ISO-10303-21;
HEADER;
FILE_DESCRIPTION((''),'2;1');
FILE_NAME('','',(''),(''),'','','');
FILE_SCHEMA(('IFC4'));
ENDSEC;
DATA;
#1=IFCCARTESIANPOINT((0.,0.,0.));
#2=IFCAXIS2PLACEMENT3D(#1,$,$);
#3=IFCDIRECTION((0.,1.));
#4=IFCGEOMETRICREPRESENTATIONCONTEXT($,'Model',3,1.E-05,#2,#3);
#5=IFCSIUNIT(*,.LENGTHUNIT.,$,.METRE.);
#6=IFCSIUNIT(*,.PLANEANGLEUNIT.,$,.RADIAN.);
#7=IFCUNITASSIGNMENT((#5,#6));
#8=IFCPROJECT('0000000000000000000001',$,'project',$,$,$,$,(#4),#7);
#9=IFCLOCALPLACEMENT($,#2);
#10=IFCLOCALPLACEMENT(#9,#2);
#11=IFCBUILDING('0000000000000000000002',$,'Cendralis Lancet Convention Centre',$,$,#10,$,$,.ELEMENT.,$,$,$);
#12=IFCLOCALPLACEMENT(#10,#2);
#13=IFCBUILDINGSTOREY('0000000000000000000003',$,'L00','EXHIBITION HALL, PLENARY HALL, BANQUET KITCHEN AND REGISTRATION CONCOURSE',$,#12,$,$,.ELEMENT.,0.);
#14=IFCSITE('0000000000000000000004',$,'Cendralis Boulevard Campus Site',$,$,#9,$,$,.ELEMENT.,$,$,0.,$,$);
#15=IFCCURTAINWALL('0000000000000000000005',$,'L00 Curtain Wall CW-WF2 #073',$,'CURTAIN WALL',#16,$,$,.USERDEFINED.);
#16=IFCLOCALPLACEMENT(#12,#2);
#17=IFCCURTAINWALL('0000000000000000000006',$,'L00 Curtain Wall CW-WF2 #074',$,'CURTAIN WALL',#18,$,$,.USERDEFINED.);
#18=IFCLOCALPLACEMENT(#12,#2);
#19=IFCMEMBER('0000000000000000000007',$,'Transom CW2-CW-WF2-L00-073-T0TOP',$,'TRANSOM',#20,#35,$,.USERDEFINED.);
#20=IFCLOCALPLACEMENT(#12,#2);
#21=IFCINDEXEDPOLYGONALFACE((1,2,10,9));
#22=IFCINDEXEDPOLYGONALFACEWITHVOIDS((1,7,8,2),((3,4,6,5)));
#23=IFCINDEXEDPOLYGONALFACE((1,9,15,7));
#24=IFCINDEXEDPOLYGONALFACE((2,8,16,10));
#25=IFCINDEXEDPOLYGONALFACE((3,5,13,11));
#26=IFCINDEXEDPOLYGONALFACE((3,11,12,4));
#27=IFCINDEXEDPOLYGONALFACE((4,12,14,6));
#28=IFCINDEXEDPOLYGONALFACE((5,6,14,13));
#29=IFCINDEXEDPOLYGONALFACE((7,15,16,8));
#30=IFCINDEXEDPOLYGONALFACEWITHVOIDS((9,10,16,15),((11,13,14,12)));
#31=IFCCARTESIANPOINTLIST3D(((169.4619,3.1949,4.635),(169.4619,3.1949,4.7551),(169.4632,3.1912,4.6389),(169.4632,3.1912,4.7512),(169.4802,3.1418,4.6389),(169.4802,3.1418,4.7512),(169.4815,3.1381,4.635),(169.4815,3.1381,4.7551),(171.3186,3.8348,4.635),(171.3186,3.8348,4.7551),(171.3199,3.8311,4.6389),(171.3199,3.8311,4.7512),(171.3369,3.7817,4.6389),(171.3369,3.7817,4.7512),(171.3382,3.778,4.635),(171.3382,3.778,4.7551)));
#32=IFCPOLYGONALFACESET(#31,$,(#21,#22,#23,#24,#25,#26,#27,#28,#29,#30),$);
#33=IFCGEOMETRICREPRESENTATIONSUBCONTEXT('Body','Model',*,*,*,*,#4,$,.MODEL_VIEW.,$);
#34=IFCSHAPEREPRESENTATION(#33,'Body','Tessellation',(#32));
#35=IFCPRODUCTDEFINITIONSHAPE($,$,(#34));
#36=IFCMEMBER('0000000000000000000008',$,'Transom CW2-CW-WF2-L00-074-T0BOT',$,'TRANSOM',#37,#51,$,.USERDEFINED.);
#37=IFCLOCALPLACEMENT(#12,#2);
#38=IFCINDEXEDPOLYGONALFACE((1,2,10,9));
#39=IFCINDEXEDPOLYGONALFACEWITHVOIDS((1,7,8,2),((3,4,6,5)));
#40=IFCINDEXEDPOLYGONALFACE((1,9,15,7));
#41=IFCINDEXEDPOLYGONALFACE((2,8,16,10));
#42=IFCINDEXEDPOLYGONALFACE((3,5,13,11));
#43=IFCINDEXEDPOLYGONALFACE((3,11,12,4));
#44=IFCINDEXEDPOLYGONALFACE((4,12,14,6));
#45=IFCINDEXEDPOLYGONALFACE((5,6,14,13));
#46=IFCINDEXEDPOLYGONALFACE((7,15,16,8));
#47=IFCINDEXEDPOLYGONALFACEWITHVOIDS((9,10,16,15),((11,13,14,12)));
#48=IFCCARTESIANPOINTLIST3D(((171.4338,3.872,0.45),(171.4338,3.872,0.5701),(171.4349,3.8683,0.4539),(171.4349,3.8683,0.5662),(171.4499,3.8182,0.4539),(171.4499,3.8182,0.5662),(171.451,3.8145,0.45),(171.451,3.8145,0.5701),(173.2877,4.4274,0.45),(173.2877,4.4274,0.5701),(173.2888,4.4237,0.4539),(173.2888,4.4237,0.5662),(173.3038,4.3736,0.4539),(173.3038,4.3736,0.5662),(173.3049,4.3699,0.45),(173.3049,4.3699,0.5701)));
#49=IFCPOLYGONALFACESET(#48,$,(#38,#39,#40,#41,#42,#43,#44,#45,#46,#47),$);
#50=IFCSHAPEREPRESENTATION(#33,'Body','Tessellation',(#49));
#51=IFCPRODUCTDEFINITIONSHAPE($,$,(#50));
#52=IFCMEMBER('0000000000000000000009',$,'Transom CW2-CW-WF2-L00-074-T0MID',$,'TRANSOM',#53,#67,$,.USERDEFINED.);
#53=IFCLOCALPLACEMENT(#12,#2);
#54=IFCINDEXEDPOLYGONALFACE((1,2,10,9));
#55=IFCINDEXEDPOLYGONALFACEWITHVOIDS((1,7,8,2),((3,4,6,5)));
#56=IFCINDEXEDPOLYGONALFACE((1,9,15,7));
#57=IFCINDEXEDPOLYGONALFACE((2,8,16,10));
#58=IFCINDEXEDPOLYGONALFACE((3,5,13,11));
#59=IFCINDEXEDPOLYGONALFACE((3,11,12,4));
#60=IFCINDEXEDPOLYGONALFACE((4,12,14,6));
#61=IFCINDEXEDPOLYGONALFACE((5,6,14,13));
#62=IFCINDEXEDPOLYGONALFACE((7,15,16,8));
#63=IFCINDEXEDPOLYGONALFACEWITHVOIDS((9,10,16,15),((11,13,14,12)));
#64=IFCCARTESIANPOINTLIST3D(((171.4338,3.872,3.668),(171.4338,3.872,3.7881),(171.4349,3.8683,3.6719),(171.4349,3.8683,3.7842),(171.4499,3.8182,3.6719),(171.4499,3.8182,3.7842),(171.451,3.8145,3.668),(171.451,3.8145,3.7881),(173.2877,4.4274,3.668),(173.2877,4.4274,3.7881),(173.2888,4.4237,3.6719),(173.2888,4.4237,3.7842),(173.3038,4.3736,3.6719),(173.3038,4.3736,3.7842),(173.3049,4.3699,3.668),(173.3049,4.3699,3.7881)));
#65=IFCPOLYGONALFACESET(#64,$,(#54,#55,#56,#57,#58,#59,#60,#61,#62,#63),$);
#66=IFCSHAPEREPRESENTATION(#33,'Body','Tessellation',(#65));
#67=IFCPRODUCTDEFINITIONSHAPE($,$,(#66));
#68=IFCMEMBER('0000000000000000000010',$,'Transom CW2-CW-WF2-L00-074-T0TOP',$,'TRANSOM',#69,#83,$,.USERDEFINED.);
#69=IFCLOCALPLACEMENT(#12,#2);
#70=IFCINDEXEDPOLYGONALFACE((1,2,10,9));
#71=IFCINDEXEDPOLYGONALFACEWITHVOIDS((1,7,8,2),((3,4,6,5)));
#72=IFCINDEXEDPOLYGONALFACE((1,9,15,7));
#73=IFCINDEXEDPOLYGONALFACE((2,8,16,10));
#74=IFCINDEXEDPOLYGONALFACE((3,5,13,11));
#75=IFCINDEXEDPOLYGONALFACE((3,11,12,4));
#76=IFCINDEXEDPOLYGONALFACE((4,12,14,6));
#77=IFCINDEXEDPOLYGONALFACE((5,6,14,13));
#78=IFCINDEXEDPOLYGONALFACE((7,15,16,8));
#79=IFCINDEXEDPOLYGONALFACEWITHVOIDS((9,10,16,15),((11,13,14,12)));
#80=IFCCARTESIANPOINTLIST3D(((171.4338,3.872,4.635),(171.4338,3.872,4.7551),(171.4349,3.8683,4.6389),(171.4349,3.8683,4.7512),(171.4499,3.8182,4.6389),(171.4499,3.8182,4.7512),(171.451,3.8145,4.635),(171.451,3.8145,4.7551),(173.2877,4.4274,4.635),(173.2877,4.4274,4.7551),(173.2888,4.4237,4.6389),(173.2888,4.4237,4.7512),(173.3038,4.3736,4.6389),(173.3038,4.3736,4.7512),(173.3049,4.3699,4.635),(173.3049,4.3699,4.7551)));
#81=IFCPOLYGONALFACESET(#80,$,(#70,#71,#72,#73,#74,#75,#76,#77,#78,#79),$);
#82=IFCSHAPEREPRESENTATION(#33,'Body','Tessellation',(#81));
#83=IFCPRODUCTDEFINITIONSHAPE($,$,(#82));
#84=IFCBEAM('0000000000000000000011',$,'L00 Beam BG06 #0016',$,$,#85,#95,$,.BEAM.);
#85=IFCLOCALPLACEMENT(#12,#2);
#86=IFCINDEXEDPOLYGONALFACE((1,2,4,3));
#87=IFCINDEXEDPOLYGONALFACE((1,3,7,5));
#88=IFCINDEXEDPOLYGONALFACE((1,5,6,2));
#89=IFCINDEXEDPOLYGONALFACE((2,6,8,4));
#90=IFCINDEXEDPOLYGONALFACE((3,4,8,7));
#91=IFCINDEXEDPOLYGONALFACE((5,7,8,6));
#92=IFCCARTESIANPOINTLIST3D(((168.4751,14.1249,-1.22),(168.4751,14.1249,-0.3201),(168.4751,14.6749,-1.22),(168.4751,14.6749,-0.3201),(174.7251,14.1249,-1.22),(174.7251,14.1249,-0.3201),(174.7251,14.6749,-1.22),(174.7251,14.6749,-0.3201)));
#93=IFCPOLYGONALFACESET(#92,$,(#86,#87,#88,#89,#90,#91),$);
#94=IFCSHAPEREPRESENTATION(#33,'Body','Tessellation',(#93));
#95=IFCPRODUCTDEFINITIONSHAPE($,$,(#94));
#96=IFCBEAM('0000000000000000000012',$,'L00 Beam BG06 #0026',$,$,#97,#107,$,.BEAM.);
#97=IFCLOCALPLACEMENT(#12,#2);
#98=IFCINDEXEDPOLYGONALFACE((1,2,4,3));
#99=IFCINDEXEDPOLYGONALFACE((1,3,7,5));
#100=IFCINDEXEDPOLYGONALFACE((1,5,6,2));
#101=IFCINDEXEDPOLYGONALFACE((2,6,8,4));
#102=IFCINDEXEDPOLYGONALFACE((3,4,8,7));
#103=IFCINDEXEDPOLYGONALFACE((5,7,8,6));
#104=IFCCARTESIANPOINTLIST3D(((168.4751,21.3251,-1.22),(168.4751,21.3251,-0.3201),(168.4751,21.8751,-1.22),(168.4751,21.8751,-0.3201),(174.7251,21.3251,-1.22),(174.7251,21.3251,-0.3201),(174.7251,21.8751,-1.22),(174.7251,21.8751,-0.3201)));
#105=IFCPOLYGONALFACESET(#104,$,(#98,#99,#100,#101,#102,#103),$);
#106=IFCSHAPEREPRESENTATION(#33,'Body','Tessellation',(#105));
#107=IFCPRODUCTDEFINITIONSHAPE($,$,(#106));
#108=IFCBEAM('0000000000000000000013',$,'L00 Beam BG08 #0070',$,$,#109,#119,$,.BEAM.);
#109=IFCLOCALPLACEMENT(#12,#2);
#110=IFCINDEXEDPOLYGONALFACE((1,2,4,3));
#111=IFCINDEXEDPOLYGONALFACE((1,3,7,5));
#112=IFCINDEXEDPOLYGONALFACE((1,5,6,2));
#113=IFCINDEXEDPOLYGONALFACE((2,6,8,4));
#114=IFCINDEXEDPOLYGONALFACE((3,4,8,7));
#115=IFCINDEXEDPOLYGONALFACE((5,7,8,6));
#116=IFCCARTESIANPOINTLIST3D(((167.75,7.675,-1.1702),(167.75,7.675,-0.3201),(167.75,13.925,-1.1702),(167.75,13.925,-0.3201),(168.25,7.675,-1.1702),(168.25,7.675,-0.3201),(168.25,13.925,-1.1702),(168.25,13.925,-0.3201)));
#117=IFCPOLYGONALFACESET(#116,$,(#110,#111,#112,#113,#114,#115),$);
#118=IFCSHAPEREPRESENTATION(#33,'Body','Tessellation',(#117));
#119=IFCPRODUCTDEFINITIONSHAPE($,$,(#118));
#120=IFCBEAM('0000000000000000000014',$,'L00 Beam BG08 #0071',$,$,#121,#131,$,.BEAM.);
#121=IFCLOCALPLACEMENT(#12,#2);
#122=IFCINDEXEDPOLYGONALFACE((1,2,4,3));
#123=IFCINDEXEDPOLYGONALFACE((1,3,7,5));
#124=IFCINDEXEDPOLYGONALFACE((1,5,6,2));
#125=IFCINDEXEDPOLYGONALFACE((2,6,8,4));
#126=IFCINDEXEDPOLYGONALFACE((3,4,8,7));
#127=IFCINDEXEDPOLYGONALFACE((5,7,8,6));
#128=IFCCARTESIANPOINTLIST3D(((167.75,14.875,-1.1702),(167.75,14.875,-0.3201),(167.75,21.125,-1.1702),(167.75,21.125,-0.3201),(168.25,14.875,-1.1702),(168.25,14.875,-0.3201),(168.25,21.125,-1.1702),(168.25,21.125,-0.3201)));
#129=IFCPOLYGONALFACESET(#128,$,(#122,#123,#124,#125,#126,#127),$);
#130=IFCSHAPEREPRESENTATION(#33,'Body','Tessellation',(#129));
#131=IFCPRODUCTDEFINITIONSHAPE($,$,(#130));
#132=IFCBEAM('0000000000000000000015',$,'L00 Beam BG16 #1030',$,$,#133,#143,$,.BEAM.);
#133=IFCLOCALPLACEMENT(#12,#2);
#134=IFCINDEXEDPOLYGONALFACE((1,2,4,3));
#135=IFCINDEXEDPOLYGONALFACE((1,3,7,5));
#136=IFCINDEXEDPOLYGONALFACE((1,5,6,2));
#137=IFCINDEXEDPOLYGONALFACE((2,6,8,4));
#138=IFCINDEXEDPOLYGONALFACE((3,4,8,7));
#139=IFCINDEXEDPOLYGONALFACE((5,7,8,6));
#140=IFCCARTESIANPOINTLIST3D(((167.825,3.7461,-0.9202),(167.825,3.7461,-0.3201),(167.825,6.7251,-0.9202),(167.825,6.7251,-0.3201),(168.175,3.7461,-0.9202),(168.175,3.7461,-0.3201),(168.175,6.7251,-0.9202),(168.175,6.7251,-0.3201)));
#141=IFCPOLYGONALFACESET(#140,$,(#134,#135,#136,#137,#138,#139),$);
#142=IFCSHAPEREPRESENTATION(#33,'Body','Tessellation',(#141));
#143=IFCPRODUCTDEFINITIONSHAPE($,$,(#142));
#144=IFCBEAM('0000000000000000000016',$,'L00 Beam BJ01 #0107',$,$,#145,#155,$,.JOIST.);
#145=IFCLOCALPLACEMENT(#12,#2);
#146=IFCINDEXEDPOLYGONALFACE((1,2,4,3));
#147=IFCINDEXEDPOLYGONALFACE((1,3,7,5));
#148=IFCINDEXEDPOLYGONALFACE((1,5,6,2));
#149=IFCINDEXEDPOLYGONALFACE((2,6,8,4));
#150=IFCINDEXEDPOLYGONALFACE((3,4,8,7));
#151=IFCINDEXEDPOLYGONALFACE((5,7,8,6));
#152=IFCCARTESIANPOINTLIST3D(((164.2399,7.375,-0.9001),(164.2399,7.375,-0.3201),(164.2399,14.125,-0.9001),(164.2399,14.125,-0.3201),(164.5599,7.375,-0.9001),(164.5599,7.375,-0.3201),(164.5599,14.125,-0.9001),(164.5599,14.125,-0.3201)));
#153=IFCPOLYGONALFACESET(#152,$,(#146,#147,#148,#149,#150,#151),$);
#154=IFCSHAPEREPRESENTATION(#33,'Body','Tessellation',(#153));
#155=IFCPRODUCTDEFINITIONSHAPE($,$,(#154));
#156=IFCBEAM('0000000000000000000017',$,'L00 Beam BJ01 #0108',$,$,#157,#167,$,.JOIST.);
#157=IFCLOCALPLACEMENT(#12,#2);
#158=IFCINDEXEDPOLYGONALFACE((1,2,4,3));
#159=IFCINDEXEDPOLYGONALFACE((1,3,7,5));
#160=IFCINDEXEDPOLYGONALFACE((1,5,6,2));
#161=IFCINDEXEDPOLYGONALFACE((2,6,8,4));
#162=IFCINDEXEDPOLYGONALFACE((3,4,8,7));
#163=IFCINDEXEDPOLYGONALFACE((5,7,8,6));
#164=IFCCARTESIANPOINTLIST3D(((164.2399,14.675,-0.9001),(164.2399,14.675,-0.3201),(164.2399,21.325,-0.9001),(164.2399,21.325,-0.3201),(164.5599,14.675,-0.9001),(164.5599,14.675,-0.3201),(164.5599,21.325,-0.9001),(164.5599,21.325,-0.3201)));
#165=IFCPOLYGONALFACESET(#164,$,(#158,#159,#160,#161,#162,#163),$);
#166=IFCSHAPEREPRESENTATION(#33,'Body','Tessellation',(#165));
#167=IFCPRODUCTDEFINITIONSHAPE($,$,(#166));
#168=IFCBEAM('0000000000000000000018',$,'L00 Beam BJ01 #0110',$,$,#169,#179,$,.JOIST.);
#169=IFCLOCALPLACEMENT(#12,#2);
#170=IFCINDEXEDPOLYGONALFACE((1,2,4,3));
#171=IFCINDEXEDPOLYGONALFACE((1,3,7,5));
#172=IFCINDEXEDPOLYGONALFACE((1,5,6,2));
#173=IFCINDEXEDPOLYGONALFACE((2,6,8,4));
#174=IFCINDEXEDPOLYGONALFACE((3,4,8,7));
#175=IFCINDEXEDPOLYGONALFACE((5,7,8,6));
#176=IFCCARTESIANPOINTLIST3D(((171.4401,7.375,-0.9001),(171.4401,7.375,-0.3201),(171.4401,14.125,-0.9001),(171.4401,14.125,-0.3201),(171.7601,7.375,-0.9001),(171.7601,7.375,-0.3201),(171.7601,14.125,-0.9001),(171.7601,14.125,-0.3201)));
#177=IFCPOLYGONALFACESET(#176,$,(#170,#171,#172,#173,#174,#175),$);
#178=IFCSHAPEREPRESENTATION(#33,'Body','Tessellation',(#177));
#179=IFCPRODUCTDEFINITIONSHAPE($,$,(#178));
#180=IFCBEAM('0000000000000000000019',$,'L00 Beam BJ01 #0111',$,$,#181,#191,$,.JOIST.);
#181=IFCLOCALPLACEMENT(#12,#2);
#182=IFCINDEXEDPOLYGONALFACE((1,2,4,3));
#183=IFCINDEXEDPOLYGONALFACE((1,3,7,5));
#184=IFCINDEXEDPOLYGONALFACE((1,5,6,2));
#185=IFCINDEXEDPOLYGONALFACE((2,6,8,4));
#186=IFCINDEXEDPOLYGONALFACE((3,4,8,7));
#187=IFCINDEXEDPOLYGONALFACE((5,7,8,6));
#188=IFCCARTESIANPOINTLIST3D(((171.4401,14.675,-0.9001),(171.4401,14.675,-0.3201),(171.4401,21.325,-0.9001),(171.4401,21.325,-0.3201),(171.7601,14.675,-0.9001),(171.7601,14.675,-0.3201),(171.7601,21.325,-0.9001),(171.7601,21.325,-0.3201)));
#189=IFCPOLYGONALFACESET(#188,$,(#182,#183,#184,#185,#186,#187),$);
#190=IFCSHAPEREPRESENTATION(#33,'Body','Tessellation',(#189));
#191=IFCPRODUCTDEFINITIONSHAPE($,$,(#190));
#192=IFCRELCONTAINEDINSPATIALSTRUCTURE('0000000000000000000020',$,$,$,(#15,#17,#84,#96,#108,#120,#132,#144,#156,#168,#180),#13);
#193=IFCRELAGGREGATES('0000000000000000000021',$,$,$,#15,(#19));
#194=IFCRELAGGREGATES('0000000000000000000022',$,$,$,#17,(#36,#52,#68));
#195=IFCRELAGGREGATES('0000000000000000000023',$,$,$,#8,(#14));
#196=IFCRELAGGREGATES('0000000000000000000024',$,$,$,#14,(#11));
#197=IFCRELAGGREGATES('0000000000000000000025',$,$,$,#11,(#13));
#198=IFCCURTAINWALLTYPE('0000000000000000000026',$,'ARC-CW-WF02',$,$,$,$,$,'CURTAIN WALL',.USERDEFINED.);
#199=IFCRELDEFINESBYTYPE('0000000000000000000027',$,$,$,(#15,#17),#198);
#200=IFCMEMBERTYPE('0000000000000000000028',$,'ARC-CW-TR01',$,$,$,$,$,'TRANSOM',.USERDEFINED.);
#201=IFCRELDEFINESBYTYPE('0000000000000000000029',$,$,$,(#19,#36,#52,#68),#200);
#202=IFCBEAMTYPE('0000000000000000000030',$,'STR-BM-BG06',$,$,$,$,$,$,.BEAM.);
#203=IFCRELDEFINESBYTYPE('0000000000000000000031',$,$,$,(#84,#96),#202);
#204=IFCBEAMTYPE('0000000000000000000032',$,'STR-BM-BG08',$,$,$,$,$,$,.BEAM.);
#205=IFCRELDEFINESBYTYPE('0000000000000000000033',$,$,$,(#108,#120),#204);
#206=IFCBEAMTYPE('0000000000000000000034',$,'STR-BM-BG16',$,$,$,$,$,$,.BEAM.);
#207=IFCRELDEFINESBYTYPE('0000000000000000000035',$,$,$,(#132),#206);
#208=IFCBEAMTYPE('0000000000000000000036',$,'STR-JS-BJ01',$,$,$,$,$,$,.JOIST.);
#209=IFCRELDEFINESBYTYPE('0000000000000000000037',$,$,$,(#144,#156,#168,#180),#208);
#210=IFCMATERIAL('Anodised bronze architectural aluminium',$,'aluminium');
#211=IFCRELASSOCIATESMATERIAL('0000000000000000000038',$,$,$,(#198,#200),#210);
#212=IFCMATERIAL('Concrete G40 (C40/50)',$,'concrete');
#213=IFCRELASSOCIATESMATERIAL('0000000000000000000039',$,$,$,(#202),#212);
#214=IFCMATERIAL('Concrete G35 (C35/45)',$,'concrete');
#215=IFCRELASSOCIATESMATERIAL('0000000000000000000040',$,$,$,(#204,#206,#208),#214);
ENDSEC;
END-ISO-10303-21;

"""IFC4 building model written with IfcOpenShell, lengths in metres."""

from ifc_helpers import new_model, si_unit, direction, frame, origin, origin_2d, place, context, subcontext, project, spatial, rectangle, hollow_rectangle, extrude, material, material_profile, profile_set, type_object, element, aggregate, save


model = new_model("IFC4")

# Units and contexts
model_context = context("Model", 3, precision=1e-05, world=origin(), true_north=direction((0.0, 1.0)))
body_context = subcontext(model_context, "Body", "Model", "MODEL_VIEW")
ifc_project = project(units=[si_unit("LENGTHUNIT", "METRE"), si_unit("PLANEANGLEUNIT", "RADIAN")], contexts=[model_context])

# Site, building, storey
site_placement = place(None, origin())
site = spatial("IfcSite", under=ifc_project, at=site_placement, Name="Cendralis Boulevard Campus Site", CompositionType="ELEMENT", RefElevation=0.0)
building_placement = place(site_placement, origin())
building = spatial("IfcBuilding", under=site, at=building_placement, Name="Cendralis Lancet Convention Centre", CompositionType="ELEMENT")
storey_placement = place(building_placement, origin())
storey = spatial("IfcBuildingStorey", under=building, at=storey_placement, Name="L00", Description="EXHIBITION HALL, PLENARY HALL, BANQUET KITCHEN AND REGISTRATION CONCOURSE", CompositionType="ELEMENT", Elevation=0.0)

# Shared definitions
ifc_material_1 = material(Name="Concrete G40 (C40/50)", Category="concrete")

# Shared definitions
ifc_material_2 = material(Name="Anodised bronze architectural aluminium", Category="aluminium")
curtain_wall_type = type_object("IfcCurtainWallType", Name="ARC-CW-WF02", ElementType="CURTAIN WALL", PredefinedType="USERDEFINED", material=ifc_material_2)

# Curtain wall
curtain_wall_1_placement = place(storey_placement, origin())
curtain_wall_1 = element("IfcCurtainWall", 1, at=curtain_wall_1_placement, inside=storey, type_object=curtain_wall_type, Name="L00 Curtain Wall CW-WF2 #073", ObjectType="CURTAIN WALL", PredefinedType="USERDEFINED")

# Curtain wall
curtain_wall_2_placement = place(storey_placement, origin())
curtain_wall_2 = element("IfcCurtainWall", 2, at=curtain_wall_2_placement, inside=storey, type_object=curtain_wall_type, Name="L00 Curtain Wall CW-WF2 #074", ObjectType="CURTAIN WALL", PredefinedType="USERDEFINED")

# Members
ifc_material_profile_1 = material_profile(ifc_material_2, hollow_rectangle(XDim=0.0601, YDim=0.1201, WallThickness=0.0039, at=origin_2d()), Name="AL-TRAN 60x120x4.0")
ifc_profile_set_1 = profile_set([ifc_material_profile_1], Name="Anodised bronze architectural aluminium")
member_type_1 = type_object("IfcMemberType", Name="ARC-CW-TR01", ElementType="TRANSOM", PredefinedType="USERDEFINED", material=ifc_profile_set_1)
member_1_placement = place(storey_placement, frame((169.4717, 3.1665, 4.6951), z_axis=(0.945427, 0.325834, 0.0), x_axis=(-0.325834, 0.945427, 0.0)))
member_1 = element("IfcMember", 3, at=member_1_placement, type_object=member_type_1, Name="Transom CW2-CW-WF2-L00-073-T0TOP", ObjectType="TRANSOM", PredefinedType="USERDEFINED", context=body_context, shape_type="SweptSolid", body=[
    extrude(hollow_rectangle(XDim=0.0601, YDim=0.1201, WallThickness=0.0039, at=origin_2d()), origin(), (0.0, 0.0, 1.0), 1.9639),
])
member_2_placement = place(storey_placement, frame((171.4424, 3.8433, 0.51), z_axis=(0.957937, 0.286978, 0.0), x_axis=(-0.286978, 0.957937, 0.0)))
member_2 = element("IfcMember", 4, at=member_2_placement, type_object=member_type_1, Name="Transom CW2-CW-WF2-L00-074-T0BOT", ObjectType="TRANSOM", PredefinedType="USERDEFINED", context=body_context, shape_type="SweptSolid", body=[
    extrude(hollow_rectangle(XDim=0.0601, YDim=0.1201, WallThickness=0.0039, at=origin_2d()), origin(), (0.0, 0.0, 1.0), 1.9353),
])
member_3_placement = place(storey_placement, frame((171.4424, 3.8433, 3.728), z_axis=(0.957937, 0.286978, 0.0), x_axis=(-0.286978, 0.957937, 0.0)))
member_3 = element("IfcMember", 5, at=member_3_placement, type_object=member_type_1, Name="Transom CW2-CW-WF2-L00-074-T0MID", ObjectType="TRANSOM", PredefinedType="USERDEFINED", context=body_context, shape_type="SweptSolid", body=[
    extrude(hollow_rectangle(XDim=0.0601, YDim=0.1201, WallThickness=0.0039, at=origin_2d()), origin(), (0.0, 0.0, 1.0), 1.9353),
])
member_4_placement = place(storey_placement, frame((171.4424, 3.8433, 4.6951), z_axis=(0.957937, 0.286978, 0.0), x_axis=(-0.286978, 0.957937, 0.0)))
member_4 = element("IfcMember", 6, at=member_4_placement, type_object=member_type_1, Name="Transom CW2-CW-WF2-L00-074-T0TOP", ObjectType="TRANSOM", PredefinedType="USERDEFINED", context=body_context, shape_type="SweptSolid", body=[
    extrude(hollow_rectangle(XDim=0.0601, YDim=0.1201, WallThickness=0.0039, at=origin_2d()), origin(), (0.0, 0.0, 1.0), 1.9353),
])

# Beams
ifc_material_profile_2 = material_profile(ifc_material_1, rectangle(XDim=0.55, YDim=0.8999, at=origin_2d()), Name="RCB 550x900")
ifc_profile_set_2 = profile_set([ifc_material_profile_2], Name="Concrete G40 (C40/50)")
beam_type_1 = type_object("IfcBeamType", Name="STR-BM-BG06", PredefinedType="BEAM", material=ifc_profile_set_2)
for number, where, z_axis, x_axis, name in (
    (7, (168.4751, 14.3999, -0.77), (1.0, 0.0, 0.0), (0.0, 1.0, 0.0), "L00 Beam BG06 #0016"),
    (8, (168.4751, 21.6001, -0.77), (1.0, 0.0, 0.0), (0.0, 1.0, 0.0), "L00 Beam BG06 #0026"),
):
    element("IfcBeam", number, at=place(storey_placement, frame(where, z_axis=z_axis, x_axis=x_axis)), inside=storey, type_object=beam_type_1, Name=name, PredefinedType="BEAM", context=body_context, shape_type="SweptSolid", body=[
        extrude(rectangle(XDim=0.55, YDim=0.8999, at=origin_2d()), origin(), (0.0, 0.0, 1.0), 6.25),
    ])
ifc_material_3 = material(Name="Concrete G35 (C35/45)", Category="concrete")
ifc_material_profile_3 = material_profile(ifc_material_3, rectangle(XDim=0.5, YDim=0.8501, at=origin_2d()), Name="RCB 500x850")
ifc_profile_set_3 = profile_set([ifc_material_profile_3], Name="Concrete G35 (C35/45)")
beam_type_2 = type_object("IfcBeamType", Name="STR-BM-BG08", PredefinedType="BEAM", material=ifc_profile_set_3)
for number, where, z_axis, x_axis, name in (
    (9, (168.0, 7.675, -0.7451), (0.0, 1.0, 0.0), (-1.0, 0.0, 0.0), "L00 Beam BG08 #0070"),
    (10, (168.0, 14.875, -0.7451), (0.0, 1.0, 0.0), (-1.0, 0.0, 0.0), "L00 Beam BG08 #0071"),
):
    element("IfcBeam", number, at=place(storey_placement, frame(where, z_axis=z_axis, x_axis=x_axis)), inside=storey, type_object=beam_type_2, Name=name, PredefinedType="BEAM", context=body_context, shape_type="SweptSolid", body=[
        extrude(rectangle(XDim=0.5, YDim=0.8501, at=origin_2d()), origin(), (0.0, 0.0, 1.0), 6.25),
    ])
ifc_material_profile_4 = material_profile(ifc_material_3, rectangle(XDim=0.3501, YDim=0.6001, at=origin_2d()), Name="RCB 350x600")
ifc_profile_set_4 = profile_set([ifc_material_profile_4], Name="Concrete G35 (C35/45)")
beam_type_3 = type_object("IfcBeamType", Name="STR-BM-BG16", PredefinedType="BEAM", material=ifc_profile_set_4)
beam_1_placement = place(storey_placement, frame((168.0, 3.7461, -0.6201), z_axis=(0.0, 1.0, 0.0), x_axis=(-1.0, 0.0, 0.0)))
element("IfcBeam", 11, at=beam_1_placement, inside=storey, type_object=beam_type_3, Name="L00 Beam BG16 #1030", PredefinedType="BEAM", context=body_context, shape_type="SweptSolid", body=[
    extrude(rectangle(XDim=0.3501, YDim=0.6001, at=origin_2d()), origin(), (0.0, 0.0, 1.0), 2.979),
])
ifc_material_profile_5 = material_profile(ifc_material_3, rectangle(XDim=0.3201, YDim=0.5801, at=origin_2d()), Name="RCB 320x580")
ifc_profile_set_5 = profile_set([ifc_material_profile_5], Name="Concrete G35 (C35/45)")
beam_type_4 = type_object("IfcBeamType", Name="STR-JS-BJ01", PredefinedType="JOIST", material=ifc_profile_set_5)
beam_2_placement = place(storey_placement, frame((164.3999, 7.375, -0.6101), z_axis=(0.0, 1.0, 0.0), x_axis=(-1.0, 0.0, 0.0)))
element("IfcBeam", 12, at=beam_2_placement, inside=storey, type_object=beam_type_4, Name="L00 Beam BJ01 #0107", PredefinedType="JOIST", context=body_context, shape_type="SweptSolid", body=[
    extrude(rectangle(XDim=0.3201, YDim=0.5801, at=origin_2d()), origin(), (0.0, 0.0, 1.0), 6.75),
])
beam_3_placement = place(storey_placement, frame((164.3999, 14.675, -0.6101), z_axis=(0.0, 1.0, 0.0), x_axis=(-1.0, 0.0, 0.0)))
element("IfcBeam", 13, at=beam_3_placement, inside=storey, type_object=beam_type_4, Name="L00 Beam BJ01 #0108", PredefinedType="JOIST", context=body_context, shape_type="SweptSolid", body=[
    extrude(rectangle(XDim=0.3201, YDim=0.5801, at=origin_2d()), origin(), (0.0, 0.0, 1.0), 6.6499),
])
beam_4_placement = place(storey_placement, frame((171.6001, 7.375, -0.6101), z_axis=(0.0, 1.0, 0.0), x_axis=(-1.0, 0.0, 0.0)))
element("IfcBeam", 14, at=beam_4_placement, inside=storey, type_object=beam_type_4, Name="L00 Beam BJ01 #0110", PredefinedType="JOIST", context=body_context, shape_type="SweptSolid", body=[
    extrude(rectangle(XDim=0.3201, YDim=0.5801, at=origin_2d()), origin(), (0.0, 0.0, 1.0), 6.75),
])
beam_5_placement = place(storey_placement, frame((171.6001, 14.675, -0.6101), z_axis=(0.0, 1.0, 0.0), x_axis=(-1.0, 0.0, 0.0)))
element("IfcBeam", 15, at=beam_5_placement, inside=storey, type_object=beam_type_4, Name="L00 Beam BJ01 #0111", PredefinedType="JOIST", context=body_context, shape_type="SweptSolid", body=[
    extrude(rectangle(XDim=0.3201, YDim=0.5801, at=origin_2d()), origin(), (0.0, 0.0, 1.0), 6.6499),
])

aggregate(curtain_wall_1, [member_1])
aggregate(curtain_wall_2, [member_2, member_3, member_4])

save(model, "model.ifc")
